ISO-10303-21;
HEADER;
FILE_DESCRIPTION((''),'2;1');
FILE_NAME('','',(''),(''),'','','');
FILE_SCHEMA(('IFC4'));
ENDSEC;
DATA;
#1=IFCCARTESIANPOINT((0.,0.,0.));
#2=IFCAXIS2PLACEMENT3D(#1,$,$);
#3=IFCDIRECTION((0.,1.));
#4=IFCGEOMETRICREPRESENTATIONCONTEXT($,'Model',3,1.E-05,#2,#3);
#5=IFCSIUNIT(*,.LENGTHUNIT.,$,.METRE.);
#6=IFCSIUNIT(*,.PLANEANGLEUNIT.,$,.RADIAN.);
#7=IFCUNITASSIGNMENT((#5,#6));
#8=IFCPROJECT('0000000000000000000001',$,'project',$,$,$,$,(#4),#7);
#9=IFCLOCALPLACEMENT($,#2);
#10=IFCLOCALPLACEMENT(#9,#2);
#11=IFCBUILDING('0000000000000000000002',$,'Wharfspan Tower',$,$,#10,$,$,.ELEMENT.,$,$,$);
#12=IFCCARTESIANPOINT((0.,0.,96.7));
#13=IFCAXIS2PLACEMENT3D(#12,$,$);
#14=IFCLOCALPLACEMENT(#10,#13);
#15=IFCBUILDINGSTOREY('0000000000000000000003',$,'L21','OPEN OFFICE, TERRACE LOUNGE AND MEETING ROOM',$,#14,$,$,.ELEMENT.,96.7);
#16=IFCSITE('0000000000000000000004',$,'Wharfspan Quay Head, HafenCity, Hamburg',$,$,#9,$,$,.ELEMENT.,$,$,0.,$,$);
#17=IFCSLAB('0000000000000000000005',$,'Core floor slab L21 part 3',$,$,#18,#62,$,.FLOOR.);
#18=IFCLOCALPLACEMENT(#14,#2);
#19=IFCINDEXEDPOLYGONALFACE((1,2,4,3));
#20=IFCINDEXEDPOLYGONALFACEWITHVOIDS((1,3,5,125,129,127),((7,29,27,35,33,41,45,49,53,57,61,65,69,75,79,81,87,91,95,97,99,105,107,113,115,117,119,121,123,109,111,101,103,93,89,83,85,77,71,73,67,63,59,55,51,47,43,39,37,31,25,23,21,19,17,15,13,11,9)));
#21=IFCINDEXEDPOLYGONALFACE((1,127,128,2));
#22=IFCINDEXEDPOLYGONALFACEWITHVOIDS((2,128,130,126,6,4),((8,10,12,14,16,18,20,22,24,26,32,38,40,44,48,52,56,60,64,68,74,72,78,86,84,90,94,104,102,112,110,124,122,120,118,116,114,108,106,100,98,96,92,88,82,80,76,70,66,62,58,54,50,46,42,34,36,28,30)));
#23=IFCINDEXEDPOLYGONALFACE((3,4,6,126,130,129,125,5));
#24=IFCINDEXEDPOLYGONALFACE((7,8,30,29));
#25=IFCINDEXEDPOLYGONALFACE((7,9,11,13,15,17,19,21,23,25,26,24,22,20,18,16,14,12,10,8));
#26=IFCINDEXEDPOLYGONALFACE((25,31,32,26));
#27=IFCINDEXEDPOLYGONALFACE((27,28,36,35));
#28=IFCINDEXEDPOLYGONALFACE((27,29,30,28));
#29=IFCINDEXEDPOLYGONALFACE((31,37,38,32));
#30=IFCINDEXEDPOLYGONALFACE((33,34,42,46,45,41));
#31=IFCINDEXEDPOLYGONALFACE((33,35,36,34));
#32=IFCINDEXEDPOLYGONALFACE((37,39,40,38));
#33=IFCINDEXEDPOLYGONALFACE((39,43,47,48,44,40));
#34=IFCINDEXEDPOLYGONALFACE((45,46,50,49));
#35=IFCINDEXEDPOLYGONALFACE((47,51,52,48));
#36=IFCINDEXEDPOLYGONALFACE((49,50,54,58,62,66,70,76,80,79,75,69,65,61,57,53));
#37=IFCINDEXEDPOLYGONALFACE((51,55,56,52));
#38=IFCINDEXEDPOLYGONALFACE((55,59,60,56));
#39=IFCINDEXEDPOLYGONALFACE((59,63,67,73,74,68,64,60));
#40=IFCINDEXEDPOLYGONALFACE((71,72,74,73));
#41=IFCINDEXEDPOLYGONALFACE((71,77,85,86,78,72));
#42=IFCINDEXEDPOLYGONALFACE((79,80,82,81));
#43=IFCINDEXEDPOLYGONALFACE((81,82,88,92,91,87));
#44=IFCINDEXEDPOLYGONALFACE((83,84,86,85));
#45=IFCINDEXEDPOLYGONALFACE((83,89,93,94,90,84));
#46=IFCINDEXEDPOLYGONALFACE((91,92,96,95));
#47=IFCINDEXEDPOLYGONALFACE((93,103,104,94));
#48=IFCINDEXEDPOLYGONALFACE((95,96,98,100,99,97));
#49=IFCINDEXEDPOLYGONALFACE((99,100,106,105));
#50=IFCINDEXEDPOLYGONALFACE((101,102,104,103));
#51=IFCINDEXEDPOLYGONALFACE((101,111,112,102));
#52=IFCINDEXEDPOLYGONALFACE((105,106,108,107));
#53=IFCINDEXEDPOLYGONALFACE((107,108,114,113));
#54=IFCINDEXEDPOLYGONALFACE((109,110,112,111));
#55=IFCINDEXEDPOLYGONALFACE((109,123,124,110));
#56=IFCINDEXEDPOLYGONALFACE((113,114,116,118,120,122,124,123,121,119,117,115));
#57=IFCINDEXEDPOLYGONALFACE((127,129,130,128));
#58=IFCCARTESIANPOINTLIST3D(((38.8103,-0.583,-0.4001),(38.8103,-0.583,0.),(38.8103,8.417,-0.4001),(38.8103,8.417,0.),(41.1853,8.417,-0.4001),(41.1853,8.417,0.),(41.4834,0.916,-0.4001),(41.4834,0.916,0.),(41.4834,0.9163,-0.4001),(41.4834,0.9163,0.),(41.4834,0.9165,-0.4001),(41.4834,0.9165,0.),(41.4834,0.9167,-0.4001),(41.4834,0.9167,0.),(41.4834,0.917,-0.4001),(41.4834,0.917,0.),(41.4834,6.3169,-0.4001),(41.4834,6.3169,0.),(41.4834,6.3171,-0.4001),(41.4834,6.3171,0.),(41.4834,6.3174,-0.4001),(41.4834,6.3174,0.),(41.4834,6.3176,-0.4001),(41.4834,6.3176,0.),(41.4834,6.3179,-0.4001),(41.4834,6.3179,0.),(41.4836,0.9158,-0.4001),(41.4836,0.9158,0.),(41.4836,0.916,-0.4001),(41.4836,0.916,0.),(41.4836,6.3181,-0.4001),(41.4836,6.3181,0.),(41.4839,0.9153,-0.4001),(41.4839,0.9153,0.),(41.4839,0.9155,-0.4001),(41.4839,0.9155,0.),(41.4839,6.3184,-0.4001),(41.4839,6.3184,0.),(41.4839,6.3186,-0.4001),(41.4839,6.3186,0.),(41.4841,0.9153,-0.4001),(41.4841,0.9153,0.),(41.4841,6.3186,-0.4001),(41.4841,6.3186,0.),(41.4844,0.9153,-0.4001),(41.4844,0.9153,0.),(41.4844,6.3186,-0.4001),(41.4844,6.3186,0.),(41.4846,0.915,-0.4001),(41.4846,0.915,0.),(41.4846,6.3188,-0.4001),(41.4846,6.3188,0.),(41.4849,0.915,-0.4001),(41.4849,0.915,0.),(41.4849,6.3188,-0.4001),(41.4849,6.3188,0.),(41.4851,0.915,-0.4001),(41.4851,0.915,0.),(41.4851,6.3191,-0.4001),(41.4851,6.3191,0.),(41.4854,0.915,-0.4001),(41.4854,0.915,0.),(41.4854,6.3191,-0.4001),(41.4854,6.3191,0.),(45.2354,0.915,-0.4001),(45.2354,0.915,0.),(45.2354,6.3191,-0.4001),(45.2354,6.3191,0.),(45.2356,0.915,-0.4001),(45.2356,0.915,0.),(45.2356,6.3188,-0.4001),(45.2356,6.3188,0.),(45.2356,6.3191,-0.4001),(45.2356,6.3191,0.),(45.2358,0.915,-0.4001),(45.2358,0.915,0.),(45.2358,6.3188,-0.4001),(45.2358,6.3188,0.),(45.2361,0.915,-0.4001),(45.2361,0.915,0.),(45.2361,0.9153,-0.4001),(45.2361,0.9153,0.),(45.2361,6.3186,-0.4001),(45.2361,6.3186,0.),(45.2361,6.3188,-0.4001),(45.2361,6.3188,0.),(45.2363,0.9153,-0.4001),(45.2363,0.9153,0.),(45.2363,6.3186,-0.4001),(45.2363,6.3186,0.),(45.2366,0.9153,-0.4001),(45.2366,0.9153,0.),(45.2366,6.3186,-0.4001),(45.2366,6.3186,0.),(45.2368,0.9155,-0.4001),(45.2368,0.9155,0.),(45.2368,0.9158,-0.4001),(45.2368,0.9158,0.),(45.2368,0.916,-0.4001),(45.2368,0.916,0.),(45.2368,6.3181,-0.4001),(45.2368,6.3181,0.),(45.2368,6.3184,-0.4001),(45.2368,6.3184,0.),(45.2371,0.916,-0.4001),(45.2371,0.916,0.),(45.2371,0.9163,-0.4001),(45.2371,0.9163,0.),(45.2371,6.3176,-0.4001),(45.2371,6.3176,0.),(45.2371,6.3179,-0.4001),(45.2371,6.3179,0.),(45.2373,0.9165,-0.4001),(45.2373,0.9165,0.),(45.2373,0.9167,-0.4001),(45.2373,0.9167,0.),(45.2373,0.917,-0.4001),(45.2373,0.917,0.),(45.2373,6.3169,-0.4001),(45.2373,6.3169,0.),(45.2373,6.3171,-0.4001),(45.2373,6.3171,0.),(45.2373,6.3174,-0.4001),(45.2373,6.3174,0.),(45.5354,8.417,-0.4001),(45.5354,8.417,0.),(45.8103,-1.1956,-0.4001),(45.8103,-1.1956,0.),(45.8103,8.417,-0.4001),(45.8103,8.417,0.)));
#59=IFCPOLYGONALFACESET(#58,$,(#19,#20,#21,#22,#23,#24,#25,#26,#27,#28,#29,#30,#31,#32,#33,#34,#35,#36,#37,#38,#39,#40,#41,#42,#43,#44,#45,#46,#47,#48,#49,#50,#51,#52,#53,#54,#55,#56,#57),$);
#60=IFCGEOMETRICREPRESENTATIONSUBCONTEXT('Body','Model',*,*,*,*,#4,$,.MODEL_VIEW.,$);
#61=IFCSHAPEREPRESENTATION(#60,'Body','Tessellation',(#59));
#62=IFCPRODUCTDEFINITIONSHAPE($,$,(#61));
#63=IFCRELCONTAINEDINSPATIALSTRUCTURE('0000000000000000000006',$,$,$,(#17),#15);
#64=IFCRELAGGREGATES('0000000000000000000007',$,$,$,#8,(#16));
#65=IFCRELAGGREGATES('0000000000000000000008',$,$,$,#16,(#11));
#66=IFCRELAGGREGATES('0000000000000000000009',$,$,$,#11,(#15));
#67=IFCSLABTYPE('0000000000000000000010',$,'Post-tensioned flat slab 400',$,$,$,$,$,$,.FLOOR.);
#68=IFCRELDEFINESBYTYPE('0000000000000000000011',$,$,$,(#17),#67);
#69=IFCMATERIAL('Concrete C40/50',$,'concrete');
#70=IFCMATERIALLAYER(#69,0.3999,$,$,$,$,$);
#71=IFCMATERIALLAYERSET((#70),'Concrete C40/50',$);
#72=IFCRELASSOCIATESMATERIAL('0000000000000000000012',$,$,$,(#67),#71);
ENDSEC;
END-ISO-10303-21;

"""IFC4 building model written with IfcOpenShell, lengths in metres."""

from ifc_helpers import new_model, si_unit, direction, frame, origin, place, context, subcontext, project, spatial, polyline, outline, extrude, material, layer, layer_set, type_object, element, save


model = new_model("IFC4")

# Units and contexts
model_context = context("Model", 3, precision=1e-05, world=origin(), true_north=direction((0.0, 1.0)))
body_context = subcontext(model_context, "Body", "Model", "MODEL_VIEW")
ifc_project = project(units=[si_unit("LENGTHUNIT", "METRE"), si_unit("PLANEANGLEUNIT", "RADIAN")], contexts=[model_context])

# Site, building, storey
site_placement = place(None, origin())
site = spatial("IfcSite", under=ifc_project, at=site_placement, Name="Wharfspan Quay Head, HafenCity, Hamburg", CompositionType="ELEMENT", RefElevation=0.0)
building_placement = place(site_placement, origin())
building = spatial("IfcBuilding", under=site, at=building_placement, Name="Wharfspan Tower", CompositionType="ELEMENT")
storey_placement = place(building_placement, frame((0.0, 0.0, 96.7)))
storey = spatial("IfcBuildingStorey", under=building, at=storey_placement, Name="L21", Description="OPEN OFFICE, TERRACE LOUNGE AND MEETING ROOM", CompositionType="ELEMENT", Elevation=96.7)

# Slab
ifc_material_1 = material(Name="Concrete C40/50", Category="concrete")
ifc_layer_1 = layer(ifc_material_1, 0.3999)
ifc_layer_set_1 = layer_set([ifc_layer_1], Name="Concrete C40/50")
slab_type_1 = type_object("IfcSlabType", Name="Post-tensioned flat slab 400", PredefinedType="FLOOR", material=ifc_layer_set_1)
slab_1_placement = place(storey_placement, frame((0.0, 0.0, -0.4001)))
element("IfcSlab", 1, at=slab_1_placement, inside=storey, type_object=slab_type_1, Name="Core floor slab L21 part 3", PredefinedType="FLOOR", context=body_context, shape_type="SweptSolid", body=[
    extrude(outline(polyline([(45.5354, 8.417), (41.1853, 8.417), (38.8103, 8.417), (38.8103, -0.583), (45.8103, -1.1956), (45.8103, 8.417), (45.5354, 8.417)]), holes=[polyline([(41.4834, 6.3169), (41.4834, 6.3171), (41.4834, 6.3174), (41.4834, 6.3174), (41.4834, 6.3176), (41.4834, 6.3179), (41.4836, 6.3181), (41.4836, 6.3181), (41.4839, 6.3184), (41.4839, 6.3186), (41.4841, 6.3186), (41.4844, 6.3186), (41.4846, 6.3188), (41.4846, 6.3188), (41.4849, 6.3188), (41.4851, 6.3191), (41.4854, 6.3191), (45.2354, 6.3191), (45.2356, 6.3191), (45.2356, 6.3188), (45.2358, 6.3188), (45.2361, 6.3188), (45.2361, 6.3186), (45.2363, 6.3186), (45.2366, 6.3186), (45.2368, 6.3184), (45.2368, 6.3181), (45.2368, 6.3181), (45.2371, 6.3179), (45.2371, 6.3176), (45.2373, 6.3174), (45.2373, 6.3174), (45.2373, 6.3171), (45.2373, 6.3169), (45.2373, 0.917), (45.2373, 0.9167), (45.2373, 0.9165), (45.2373, 0.9165), (45.2371, 0.9163), (45.2371, 0.916), (45.2368, 0.916), (45.2368, 0.9158), (45.2368, 0.9155), (45.2366, 0.9153), (45.2363, 0.9153), (45.2361, 0.9153), (45.2361, 0.915), (45.2358, 0.915), (45.2356, 0.915), (45.2356, 0.915), (45.2354, 0.915), (41.4854, 0.915), (41.4851, 0.915), (41.4849, 0.915), (41.4846, 0.915), (41.4846, 0.915), (41.4844, 0.9153), (41.4841, 0.9153), (41.4839, 0.9153), (41.4839, 0.9155), (41.4836, 0.9158), (41.4836, 0.916), (41.4834, 0.916), (41.4834, 0.9163), (41.4834, 0.9165), (41.4834, 0.9165), (41.4834, 0.9167), (41.4834, 0.917), (41.4834, 6.3169)])]), origin(), (0.0, 0.0, 1.0), 0.4001),
])

save(model, "model.ifc")
